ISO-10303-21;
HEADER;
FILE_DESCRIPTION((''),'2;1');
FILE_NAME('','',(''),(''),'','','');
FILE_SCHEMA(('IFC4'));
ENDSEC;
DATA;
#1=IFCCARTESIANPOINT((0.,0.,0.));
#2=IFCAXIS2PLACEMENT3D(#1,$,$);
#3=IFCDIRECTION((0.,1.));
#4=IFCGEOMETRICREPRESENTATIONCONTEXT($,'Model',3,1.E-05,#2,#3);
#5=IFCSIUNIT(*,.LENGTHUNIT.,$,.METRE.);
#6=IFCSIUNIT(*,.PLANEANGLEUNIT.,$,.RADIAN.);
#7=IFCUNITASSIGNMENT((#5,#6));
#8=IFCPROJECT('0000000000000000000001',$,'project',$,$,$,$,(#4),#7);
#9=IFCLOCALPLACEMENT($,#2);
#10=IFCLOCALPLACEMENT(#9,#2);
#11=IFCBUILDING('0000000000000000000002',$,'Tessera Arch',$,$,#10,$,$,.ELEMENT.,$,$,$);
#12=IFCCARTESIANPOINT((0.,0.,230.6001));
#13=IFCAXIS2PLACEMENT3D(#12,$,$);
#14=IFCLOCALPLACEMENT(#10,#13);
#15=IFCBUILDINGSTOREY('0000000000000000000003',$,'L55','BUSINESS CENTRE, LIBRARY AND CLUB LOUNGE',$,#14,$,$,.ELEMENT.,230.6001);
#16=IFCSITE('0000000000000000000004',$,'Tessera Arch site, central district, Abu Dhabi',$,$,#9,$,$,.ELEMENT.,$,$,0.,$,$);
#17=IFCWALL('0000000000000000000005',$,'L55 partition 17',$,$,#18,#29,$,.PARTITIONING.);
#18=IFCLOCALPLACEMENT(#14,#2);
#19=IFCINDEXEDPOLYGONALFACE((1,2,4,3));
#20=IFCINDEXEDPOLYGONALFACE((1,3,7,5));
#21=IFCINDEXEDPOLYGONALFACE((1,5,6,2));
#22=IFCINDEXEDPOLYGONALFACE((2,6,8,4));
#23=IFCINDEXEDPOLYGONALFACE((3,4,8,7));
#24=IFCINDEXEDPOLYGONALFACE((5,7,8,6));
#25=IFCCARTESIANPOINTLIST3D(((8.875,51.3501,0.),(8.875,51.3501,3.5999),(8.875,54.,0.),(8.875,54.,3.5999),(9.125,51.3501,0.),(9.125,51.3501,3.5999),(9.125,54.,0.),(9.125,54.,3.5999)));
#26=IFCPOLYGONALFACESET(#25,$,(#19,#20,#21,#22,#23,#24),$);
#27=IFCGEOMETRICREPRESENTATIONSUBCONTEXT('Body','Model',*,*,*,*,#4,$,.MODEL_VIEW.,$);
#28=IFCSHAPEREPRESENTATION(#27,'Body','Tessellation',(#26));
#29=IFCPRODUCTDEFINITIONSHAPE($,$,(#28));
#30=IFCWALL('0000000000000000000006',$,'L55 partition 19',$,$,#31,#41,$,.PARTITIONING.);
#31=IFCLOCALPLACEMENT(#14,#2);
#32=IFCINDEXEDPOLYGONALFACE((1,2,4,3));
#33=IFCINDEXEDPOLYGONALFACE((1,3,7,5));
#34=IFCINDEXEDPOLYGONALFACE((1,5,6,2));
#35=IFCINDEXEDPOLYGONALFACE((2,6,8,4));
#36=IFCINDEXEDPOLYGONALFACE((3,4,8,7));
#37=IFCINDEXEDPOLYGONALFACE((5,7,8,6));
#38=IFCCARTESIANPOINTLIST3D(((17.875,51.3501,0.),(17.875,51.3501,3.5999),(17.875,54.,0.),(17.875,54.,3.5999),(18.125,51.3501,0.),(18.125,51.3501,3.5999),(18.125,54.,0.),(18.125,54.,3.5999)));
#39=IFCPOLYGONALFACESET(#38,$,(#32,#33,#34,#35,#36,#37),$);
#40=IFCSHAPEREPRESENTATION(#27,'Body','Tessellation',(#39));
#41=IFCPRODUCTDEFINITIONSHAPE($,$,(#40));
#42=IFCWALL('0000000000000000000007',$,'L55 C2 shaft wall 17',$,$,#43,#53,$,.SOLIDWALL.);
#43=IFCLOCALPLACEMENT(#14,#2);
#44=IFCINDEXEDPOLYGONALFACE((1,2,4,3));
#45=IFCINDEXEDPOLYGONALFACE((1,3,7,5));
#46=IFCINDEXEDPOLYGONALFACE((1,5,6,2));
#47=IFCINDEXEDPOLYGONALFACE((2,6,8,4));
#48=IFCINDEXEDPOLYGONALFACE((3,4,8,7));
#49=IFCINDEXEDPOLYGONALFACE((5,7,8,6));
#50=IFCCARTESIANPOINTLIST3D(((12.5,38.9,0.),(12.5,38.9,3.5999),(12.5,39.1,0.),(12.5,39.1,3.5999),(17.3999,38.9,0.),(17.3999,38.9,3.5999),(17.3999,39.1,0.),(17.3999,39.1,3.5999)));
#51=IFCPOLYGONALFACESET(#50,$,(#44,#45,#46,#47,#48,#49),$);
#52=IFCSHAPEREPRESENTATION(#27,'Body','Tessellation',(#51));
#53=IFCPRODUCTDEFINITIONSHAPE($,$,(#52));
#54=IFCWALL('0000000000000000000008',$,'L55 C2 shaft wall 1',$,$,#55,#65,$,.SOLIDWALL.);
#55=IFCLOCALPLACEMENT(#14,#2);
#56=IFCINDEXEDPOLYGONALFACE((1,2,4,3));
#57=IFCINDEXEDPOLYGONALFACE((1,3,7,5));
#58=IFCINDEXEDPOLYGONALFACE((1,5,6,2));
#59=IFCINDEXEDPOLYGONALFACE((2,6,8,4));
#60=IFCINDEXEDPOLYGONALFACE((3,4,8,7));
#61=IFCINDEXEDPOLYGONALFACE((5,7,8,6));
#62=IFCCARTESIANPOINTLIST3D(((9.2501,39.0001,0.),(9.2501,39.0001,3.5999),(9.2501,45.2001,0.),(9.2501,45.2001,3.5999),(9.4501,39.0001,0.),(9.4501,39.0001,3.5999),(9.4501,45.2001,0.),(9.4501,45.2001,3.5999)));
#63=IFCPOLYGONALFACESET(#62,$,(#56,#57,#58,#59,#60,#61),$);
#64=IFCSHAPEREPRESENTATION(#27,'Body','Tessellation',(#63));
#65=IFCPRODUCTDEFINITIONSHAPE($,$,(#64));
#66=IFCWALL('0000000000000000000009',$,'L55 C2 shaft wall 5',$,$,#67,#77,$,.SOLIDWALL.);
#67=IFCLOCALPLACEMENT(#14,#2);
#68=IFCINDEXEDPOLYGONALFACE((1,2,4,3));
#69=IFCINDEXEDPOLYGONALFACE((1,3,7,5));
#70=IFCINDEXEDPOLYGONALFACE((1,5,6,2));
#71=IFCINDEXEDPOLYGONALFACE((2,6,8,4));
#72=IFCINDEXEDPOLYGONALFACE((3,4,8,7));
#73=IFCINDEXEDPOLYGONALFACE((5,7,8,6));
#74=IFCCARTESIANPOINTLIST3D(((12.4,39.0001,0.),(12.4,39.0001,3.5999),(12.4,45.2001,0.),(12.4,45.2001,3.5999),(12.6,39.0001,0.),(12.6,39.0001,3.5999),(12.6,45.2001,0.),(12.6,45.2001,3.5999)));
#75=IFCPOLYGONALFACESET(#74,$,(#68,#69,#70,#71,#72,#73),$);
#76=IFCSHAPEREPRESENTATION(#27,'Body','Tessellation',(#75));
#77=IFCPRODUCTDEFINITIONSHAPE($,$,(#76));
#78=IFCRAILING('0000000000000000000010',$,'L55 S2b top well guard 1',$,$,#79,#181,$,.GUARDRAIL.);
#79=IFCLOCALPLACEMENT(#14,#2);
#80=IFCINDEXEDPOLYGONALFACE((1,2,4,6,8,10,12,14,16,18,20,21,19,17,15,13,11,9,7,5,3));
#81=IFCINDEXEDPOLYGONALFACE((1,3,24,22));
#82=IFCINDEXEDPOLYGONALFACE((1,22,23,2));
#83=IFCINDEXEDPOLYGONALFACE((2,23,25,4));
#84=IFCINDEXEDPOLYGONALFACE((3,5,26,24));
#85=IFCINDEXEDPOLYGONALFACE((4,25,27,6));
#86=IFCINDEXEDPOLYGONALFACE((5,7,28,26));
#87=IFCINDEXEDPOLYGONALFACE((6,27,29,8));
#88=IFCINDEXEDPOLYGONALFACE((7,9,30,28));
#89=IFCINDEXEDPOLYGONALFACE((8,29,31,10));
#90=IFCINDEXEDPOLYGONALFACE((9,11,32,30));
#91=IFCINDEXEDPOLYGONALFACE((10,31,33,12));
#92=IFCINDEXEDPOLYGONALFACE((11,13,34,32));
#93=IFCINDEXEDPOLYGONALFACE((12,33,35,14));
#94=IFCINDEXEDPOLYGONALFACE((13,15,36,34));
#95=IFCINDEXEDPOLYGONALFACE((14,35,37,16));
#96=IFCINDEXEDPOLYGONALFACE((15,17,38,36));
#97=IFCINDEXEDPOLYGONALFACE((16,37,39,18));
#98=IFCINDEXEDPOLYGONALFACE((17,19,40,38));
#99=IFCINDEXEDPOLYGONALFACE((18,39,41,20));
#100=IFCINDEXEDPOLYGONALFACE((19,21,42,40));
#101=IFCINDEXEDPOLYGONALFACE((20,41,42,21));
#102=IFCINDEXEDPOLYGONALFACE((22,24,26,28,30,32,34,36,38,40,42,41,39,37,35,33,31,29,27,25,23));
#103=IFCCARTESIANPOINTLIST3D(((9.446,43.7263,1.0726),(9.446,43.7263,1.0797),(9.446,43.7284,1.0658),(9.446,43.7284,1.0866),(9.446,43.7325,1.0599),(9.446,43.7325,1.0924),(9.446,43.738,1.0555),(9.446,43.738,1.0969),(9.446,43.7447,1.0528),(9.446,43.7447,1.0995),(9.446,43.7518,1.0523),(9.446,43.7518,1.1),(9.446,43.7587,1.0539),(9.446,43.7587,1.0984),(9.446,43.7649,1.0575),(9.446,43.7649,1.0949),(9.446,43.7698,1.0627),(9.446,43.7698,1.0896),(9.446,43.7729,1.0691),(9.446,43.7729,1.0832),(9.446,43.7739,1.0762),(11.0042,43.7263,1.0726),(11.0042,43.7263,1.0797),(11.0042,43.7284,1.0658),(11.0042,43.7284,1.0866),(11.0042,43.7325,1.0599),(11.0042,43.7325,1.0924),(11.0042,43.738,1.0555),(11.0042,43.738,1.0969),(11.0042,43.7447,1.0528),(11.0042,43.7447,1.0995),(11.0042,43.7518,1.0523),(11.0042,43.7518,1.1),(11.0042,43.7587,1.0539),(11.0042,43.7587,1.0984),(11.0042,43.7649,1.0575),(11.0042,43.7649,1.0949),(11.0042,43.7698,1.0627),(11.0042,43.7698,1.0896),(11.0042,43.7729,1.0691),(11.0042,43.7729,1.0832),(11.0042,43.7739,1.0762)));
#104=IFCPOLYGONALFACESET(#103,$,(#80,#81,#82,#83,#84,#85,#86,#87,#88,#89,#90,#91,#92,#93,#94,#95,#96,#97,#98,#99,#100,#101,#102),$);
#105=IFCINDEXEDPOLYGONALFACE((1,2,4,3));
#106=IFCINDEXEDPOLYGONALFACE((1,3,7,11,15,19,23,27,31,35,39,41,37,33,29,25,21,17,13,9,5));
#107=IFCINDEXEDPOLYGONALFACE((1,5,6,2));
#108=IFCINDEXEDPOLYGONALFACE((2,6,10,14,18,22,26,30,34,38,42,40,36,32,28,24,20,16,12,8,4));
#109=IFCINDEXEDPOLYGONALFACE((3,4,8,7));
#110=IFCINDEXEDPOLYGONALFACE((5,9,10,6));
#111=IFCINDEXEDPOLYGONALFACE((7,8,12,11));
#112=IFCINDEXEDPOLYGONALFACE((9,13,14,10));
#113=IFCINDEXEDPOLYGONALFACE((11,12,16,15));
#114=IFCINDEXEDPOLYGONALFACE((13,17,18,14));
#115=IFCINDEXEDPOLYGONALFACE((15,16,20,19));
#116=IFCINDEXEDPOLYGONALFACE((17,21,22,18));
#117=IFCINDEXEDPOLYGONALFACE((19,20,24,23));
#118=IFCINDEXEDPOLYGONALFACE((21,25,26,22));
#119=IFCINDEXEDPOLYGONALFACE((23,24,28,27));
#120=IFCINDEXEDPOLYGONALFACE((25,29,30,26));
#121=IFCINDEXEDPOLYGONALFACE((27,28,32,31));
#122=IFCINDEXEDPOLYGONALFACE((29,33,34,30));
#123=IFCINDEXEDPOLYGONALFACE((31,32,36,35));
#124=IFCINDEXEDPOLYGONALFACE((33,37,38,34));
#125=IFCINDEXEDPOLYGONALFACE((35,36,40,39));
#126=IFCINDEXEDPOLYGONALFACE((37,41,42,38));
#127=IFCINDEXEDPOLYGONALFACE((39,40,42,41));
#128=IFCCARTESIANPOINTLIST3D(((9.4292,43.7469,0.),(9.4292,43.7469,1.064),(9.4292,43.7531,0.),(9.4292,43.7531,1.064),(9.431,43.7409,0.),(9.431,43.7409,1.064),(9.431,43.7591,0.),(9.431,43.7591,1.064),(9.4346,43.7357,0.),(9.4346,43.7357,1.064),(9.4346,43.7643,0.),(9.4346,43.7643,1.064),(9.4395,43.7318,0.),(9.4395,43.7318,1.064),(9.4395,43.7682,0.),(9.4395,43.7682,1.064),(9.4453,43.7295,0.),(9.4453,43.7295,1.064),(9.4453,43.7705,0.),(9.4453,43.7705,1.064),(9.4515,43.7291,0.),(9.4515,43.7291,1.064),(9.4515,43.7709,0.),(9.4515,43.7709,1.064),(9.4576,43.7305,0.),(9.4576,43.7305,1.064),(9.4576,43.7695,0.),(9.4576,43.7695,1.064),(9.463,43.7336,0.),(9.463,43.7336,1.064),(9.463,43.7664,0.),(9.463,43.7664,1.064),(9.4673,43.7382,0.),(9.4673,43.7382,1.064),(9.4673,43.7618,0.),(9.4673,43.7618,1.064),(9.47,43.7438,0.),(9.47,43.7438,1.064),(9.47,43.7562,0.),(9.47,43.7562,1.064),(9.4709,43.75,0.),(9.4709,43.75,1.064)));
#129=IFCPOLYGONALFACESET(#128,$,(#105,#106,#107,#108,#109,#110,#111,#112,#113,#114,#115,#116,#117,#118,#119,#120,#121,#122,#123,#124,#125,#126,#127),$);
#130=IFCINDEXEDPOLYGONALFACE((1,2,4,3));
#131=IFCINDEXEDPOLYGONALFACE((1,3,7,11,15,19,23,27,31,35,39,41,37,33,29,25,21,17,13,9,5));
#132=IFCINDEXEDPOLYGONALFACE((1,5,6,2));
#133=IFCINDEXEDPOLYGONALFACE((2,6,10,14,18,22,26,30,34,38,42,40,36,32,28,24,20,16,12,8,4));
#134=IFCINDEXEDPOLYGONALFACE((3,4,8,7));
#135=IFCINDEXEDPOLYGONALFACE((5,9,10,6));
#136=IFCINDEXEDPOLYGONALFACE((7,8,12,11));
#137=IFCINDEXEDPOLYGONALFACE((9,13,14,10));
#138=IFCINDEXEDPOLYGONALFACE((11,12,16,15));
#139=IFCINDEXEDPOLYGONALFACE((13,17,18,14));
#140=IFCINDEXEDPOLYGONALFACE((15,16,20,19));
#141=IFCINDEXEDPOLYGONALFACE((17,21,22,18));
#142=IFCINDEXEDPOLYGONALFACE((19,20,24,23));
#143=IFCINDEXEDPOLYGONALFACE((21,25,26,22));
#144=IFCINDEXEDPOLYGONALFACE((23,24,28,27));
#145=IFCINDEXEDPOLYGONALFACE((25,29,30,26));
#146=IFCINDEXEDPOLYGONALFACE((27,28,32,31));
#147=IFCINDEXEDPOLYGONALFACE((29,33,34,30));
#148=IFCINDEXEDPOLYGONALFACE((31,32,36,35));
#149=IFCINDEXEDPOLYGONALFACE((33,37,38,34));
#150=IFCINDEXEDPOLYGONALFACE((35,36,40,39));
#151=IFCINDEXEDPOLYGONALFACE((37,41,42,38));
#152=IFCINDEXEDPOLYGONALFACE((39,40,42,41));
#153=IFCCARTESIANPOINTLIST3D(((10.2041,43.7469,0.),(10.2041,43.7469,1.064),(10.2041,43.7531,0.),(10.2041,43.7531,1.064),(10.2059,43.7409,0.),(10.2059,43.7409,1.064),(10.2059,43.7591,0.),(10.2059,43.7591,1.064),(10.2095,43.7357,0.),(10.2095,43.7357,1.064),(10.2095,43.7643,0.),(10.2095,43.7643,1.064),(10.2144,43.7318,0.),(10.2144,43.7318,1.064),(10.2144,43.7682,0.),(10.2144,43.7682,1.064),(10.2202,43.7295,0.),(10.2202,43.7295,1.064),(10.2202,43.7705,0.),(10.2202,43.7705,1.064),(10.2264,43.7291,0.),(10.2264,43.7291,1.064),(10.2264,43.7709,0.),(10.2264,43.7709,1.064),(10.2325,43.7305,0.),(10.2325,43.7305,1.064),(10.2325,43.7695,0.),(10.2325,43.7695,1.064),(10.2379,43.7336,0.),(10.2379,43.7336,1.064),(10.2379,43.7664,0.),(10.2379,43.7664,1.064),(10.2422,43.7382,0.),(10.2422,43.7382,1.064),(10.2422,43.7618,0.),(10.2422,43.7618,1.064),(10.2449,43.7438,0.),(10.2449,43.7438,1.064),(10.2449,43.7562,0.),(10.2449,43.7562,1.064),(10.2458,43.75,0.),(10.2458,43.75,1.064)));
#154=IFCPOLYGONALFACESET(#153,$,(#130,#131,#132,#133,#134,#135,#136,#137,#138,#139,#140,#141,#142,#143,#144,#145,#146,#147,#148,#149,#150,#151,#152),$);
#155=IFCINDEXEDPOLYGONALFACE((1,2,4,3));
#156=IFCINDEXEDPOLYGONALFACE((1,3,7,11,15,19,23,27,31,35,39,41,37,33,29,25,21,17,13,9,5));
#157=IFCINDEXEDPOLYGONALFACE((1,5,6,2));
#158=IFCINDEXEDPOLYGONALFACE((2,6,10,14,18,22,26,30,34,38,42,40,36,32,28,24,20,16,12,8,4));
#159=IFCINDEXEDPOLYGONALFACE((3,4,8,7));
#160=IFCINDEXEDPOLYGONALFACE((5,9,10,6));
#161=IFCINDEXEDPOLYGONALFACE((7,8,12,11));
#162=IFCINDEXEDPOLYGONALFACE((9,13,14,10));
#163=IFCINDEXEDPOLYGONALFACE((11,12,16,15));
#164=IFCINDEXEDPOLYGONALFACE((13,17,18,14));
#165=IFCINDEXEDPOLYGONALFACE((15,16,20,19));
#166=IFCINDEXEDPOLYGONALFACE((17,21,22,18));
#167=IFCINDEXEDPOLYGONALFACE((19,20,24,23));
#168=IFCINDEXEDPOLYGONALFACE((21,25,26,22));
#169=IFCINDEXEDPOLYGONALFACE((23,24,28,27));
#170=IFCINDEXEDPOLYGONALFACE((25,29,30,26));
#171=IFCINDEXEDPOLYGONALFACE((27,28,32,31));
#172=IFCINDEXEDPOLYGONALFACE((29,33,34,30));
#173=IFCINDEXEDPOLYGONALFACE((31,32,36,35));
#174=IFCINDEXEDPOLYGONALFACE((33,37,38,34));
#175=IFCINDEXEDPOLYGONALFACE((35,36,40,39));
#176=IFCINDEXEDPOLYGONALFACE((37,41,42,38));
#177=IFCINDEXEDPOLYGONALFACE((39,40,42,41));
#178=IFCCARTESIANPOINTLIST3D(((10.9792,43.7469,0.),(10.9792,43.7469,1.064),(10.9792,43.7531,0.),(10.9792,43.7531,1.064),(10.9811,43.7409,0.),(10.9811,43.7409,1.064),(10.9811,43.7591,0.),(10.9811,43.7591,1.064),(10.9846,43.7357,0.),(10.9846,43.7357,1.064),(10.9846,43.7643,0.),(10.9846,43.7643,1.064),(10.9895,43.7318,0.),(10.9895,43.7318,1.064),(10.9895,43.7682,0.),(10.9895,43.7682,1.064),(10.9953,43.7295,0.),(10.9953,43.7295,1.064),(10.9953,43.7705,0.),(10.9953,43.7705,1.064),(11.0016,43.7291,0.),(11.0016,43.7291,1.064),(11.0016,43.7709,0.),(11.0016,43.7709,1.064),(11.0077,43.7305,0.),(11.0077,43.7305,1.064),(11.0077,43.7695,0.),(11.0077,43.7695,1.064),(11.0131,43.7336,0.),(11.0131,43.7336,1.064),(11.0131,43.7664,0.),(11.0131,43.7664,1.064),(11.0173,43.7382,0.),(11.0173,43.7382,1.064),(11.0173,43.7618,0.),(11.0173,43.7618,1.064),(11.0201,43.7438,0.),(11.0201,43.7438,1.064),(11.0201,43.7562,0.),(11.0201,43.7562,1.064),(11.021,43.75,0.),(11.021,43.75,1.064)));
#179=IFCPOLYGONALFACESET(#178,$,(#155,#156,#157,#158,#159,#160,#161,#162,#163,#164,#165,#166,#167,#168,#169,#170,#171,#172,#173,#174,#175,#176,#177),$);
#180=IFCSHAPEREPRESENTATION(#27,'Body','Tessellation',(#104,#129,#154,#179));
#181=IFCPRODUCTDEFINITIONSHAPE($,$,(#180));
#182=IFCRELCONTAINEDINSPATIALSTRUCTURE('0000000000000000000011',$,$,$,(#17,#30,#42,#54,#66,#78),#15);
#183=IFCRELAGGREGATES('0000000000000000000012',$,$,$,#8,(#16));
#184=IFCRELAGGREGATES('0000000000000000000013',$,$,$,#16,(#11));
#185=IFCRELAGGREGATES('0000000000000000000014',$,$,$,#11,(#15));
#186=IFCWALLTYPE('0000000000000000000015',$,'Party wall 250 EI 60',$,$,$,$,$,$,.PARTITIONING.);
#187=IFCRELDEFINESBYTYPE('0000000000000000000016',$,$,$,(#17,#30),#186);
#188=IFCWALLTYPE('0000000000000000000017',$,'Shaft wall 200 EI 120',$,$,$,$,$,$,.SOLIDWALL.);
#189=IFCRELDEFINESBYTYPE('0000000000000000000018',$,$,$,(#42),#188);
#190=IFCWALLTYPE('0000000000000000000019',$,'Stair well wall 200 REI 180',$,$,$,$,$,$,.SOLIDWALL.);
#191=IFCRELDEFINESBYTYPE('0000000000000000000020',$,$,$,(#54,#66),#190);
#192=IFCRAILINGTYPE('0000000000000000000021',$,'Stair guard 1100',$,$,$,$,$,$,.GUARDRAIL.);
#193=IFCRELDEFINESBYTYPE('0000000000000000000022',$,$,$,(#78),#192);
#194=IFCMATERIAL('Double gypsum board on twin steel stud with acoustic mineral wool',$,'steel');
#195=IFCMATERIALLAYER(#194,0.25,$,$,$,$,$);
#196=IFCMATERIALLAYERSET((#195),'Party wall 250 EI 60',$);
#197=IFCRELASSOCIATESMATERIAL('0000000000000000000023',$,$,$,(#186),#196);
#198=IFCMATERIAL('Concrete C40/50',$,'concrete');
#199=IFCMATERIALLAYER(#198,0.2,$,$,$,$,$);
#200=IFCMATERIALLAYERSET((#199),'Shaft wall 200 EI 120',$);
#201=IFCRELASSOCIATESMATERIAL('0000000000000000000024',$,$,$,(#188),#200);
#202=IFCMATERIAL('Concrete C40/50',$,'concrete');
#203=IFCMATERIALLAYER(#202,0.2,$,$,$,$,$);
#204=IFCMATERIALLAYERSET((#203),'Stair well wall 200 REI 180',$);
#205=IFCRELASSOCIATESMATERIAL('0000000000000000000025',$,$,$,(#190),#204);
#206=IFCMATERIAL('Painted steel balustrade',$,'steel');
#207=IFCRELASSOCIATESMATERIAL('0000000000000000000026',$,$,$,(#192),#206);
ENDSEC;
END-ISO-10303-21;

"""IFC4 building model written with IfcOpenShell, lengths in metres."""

from ifc_helpers import new_model, si_unit, direction, frame, frame_2d, origin, origin_2d, place, context, subcontext, project, spatial, rectangle, circle, extrude, material, layer, layer_set, type_object, element, save


model = new_model("IFC4")

# Units and contexts
model_context = context("Model", 3, precision=1e-05, world=origin(), true_north=direction((0.0, 1.0)))
body_context = subcontext(model_context, "Body", "Model", "MODEL_VIEW")
ifc_project = project(units=[si_unit("LENGTHUNIT", "METRE"), si_unit("PLANEANGLEUNIT", "RADIAN")], contexts=[model_context])

# Site, building, storey
site_placement = place(None, origin())
site = spatial("IfcSite", under=ifc_project, at=site_placement, Name="Tessera Arch site, central district, Abu Dhabi", CompositionType="ELEMENT", RefElevation=0.0)
building_placement = place(site_placement, origin())
building = spatial("IfcBuilding", under=site, at=building_placement, Name="Tessera Arch", CompositionType="ELEMENT")
storey_placement = place(building_placement, frame((0.0, 0.0, 230.6001)))
storey = spatial("IfcBuildingStorey", under=building, at=storey_placement, Name="L55", Description="BUSINESS CENTRE, LIBRARY AND CLUB LOUNGE", CompositionType="ELEMENT", Elevation=230.6001)

# Walls
ifc_material_1 = material(Name="Double gypsum board on twin steel stud with acoustic mineral wool", Category="steel")
ifc_layer_1 = layer(ifc_material_1, 0.25)
ifc_layer_set_1 = layer_set([ifc_layer_1], Name="Party wall 250 EI 60")
wall_type_1 = type_object("IfcWallType", Name="Party wall 250 EI 60", PredefinedType="PARTITIONING", material=ifc_layer_set_1)
for number, where, z_axis, x_axis, name in (
    (1, (9.0, 51.3501, 0.0), (0.0, 0.0, 1.0), (0.0, 1.0, 0.0), "L55 partition 17"),
    (2, (18.0, 51.3501, 0.0), (0.0, 0.0, 1.0), (0.0, 1.0, 0.0), "L55 partition 19"),
):
    element("IfcWall", number, at=place(storey_placement, frame(where, z_axis=z_axis, x_axis=x_axis)), inside=storey, type_object=wall_type_1, Name=name, PredefinedType="PARTITIONING", context=body_context, shape_type="SweptSolid", body=[
        extrude(rectangle(XDim=2.6499, YDim=0.25, at=frame_2d((1.325, 0.0))), origin(), (0.0, 0.0, 1.0), 3.5999),
    ])
ifc_material_2 = material(Name="Concrete C40/50", Category="concrete")
ifc_layer_2 = layer(ifc_material_2, 0.2)
ifc_layer_set_2 = layer_set([ifc_layer_2], Name="Shaft wall 200 EI 120")
wall_type_2 = type_object("IfcWallType", Name="Shaft wall 200 EI 120", PredefinedType="SOLIDWALL", material=ifc_layer_set_2)
wall_1_placement = place(storey_placement, frame((12.5, 39.0, 0.0), z_axis=(0.0, 0.0, 1.0), x_axis=(1.0, 0.0, 0.0)))
element("IfcWall", 3, at=wall_1_placement, inside=storey, type_object=wall_type_2, Name="L55 C2 shaft wall 17", PredefinedType="SOLIDWALL", context=body_context, shape_type="SweptSolid", body=[
    extrude(rectangle(XDim=4.8999, YDim=0.2, at=frame_2d((2.45, 0.0))), origin(), (0.0, 0.0, 1.0), 3.5999),
])
ifc_material_3 = material(Name="Concrete C40/50", Category="concrete")
ifc_layer_3 = layer(ifc_material_3, 0.2)
ifc_layer_set_3 = layer_set([ifc_layer_3], Name="Stair well wall 200 REI 180")
wall_type_3 = type_object("IfcWallType", Name="Stair well wall 200 REI 180", PredefinedType="SOLIDWALL", material=ifc_layer_set_3)
for number, where, z_axis, x_axis, name in (
    (4, (9.3501, 39.0, 0.0), (0.0, 0.0, 1.0), (0.0, 1.0, 0.0), "L55 C2 shaft wall 1"),
    (5, (12.5, 39.0, 0.0), (0.0, 0.0, 1.0), (0.0, 1.0, 0.0), "L55 C2 shaft wall 5"),
):
    element("IfcWall", number, at=place(storey_placement, frame(where, z_axis=z_axis, x_axis=x_axis)), inside=storey, type_object=wall_type_3, Name=name, PredefinedType="SOLIDWALL", context=body_context, shape_type="SweptSolid", body=[
        extrude(rectangle(XDim=6.2, YDim=0.2, at=frame_2d((3.1001, 0.0))), origin(), (0.0, 0.0, 1.0), 3.5999),
    ])

# Railing
ifc_material_4 = material(Name="Painted steel balustrade", Category="steel")
railing_type = type_object("IfcRailingType", Name="Stair guard 1100", PredefinedType="GUARDRAIL", material=ifc_material_4)
railing_placement = place(storey_placement, frame((9.45, 43.75, 0.0)))
element("IfcRailing", 6, at=railing_placement, inside=storey, type_object=railing_type, Name="L55 S2b top well guard 1", PredefinedType="GUARDRAIL", context=body_context, shape_type="SweptSolid", body=[
    extrude(circle(Radius=0.0239, at=origin_2d()), frame((-0.0039, 0.0, 1.0762), z_axis=(1.0, 0.0, 0.0), x_axis=(0.0, 1.0, 0.0)), (0.0, 0.0, 1.0), 1.5581),
    extrude(circle(Radius=0.021, at=origin_2d()), origin(), (0.0, 0.0, 1.0), 1.064),
    extrude(circle(Radius=0.021, at=origin_2d()), frame((0.7749, 0.0, 0.0)), (0.0, 0.0, 1.0), 1.064),
    extrude(circle(Radius=0.021, at=origin_2d()), frame((1.55, 0.0, 0.0)), (0.0, 0.0, 1.0), 1.064),
])

save(model, "model.ifc")
